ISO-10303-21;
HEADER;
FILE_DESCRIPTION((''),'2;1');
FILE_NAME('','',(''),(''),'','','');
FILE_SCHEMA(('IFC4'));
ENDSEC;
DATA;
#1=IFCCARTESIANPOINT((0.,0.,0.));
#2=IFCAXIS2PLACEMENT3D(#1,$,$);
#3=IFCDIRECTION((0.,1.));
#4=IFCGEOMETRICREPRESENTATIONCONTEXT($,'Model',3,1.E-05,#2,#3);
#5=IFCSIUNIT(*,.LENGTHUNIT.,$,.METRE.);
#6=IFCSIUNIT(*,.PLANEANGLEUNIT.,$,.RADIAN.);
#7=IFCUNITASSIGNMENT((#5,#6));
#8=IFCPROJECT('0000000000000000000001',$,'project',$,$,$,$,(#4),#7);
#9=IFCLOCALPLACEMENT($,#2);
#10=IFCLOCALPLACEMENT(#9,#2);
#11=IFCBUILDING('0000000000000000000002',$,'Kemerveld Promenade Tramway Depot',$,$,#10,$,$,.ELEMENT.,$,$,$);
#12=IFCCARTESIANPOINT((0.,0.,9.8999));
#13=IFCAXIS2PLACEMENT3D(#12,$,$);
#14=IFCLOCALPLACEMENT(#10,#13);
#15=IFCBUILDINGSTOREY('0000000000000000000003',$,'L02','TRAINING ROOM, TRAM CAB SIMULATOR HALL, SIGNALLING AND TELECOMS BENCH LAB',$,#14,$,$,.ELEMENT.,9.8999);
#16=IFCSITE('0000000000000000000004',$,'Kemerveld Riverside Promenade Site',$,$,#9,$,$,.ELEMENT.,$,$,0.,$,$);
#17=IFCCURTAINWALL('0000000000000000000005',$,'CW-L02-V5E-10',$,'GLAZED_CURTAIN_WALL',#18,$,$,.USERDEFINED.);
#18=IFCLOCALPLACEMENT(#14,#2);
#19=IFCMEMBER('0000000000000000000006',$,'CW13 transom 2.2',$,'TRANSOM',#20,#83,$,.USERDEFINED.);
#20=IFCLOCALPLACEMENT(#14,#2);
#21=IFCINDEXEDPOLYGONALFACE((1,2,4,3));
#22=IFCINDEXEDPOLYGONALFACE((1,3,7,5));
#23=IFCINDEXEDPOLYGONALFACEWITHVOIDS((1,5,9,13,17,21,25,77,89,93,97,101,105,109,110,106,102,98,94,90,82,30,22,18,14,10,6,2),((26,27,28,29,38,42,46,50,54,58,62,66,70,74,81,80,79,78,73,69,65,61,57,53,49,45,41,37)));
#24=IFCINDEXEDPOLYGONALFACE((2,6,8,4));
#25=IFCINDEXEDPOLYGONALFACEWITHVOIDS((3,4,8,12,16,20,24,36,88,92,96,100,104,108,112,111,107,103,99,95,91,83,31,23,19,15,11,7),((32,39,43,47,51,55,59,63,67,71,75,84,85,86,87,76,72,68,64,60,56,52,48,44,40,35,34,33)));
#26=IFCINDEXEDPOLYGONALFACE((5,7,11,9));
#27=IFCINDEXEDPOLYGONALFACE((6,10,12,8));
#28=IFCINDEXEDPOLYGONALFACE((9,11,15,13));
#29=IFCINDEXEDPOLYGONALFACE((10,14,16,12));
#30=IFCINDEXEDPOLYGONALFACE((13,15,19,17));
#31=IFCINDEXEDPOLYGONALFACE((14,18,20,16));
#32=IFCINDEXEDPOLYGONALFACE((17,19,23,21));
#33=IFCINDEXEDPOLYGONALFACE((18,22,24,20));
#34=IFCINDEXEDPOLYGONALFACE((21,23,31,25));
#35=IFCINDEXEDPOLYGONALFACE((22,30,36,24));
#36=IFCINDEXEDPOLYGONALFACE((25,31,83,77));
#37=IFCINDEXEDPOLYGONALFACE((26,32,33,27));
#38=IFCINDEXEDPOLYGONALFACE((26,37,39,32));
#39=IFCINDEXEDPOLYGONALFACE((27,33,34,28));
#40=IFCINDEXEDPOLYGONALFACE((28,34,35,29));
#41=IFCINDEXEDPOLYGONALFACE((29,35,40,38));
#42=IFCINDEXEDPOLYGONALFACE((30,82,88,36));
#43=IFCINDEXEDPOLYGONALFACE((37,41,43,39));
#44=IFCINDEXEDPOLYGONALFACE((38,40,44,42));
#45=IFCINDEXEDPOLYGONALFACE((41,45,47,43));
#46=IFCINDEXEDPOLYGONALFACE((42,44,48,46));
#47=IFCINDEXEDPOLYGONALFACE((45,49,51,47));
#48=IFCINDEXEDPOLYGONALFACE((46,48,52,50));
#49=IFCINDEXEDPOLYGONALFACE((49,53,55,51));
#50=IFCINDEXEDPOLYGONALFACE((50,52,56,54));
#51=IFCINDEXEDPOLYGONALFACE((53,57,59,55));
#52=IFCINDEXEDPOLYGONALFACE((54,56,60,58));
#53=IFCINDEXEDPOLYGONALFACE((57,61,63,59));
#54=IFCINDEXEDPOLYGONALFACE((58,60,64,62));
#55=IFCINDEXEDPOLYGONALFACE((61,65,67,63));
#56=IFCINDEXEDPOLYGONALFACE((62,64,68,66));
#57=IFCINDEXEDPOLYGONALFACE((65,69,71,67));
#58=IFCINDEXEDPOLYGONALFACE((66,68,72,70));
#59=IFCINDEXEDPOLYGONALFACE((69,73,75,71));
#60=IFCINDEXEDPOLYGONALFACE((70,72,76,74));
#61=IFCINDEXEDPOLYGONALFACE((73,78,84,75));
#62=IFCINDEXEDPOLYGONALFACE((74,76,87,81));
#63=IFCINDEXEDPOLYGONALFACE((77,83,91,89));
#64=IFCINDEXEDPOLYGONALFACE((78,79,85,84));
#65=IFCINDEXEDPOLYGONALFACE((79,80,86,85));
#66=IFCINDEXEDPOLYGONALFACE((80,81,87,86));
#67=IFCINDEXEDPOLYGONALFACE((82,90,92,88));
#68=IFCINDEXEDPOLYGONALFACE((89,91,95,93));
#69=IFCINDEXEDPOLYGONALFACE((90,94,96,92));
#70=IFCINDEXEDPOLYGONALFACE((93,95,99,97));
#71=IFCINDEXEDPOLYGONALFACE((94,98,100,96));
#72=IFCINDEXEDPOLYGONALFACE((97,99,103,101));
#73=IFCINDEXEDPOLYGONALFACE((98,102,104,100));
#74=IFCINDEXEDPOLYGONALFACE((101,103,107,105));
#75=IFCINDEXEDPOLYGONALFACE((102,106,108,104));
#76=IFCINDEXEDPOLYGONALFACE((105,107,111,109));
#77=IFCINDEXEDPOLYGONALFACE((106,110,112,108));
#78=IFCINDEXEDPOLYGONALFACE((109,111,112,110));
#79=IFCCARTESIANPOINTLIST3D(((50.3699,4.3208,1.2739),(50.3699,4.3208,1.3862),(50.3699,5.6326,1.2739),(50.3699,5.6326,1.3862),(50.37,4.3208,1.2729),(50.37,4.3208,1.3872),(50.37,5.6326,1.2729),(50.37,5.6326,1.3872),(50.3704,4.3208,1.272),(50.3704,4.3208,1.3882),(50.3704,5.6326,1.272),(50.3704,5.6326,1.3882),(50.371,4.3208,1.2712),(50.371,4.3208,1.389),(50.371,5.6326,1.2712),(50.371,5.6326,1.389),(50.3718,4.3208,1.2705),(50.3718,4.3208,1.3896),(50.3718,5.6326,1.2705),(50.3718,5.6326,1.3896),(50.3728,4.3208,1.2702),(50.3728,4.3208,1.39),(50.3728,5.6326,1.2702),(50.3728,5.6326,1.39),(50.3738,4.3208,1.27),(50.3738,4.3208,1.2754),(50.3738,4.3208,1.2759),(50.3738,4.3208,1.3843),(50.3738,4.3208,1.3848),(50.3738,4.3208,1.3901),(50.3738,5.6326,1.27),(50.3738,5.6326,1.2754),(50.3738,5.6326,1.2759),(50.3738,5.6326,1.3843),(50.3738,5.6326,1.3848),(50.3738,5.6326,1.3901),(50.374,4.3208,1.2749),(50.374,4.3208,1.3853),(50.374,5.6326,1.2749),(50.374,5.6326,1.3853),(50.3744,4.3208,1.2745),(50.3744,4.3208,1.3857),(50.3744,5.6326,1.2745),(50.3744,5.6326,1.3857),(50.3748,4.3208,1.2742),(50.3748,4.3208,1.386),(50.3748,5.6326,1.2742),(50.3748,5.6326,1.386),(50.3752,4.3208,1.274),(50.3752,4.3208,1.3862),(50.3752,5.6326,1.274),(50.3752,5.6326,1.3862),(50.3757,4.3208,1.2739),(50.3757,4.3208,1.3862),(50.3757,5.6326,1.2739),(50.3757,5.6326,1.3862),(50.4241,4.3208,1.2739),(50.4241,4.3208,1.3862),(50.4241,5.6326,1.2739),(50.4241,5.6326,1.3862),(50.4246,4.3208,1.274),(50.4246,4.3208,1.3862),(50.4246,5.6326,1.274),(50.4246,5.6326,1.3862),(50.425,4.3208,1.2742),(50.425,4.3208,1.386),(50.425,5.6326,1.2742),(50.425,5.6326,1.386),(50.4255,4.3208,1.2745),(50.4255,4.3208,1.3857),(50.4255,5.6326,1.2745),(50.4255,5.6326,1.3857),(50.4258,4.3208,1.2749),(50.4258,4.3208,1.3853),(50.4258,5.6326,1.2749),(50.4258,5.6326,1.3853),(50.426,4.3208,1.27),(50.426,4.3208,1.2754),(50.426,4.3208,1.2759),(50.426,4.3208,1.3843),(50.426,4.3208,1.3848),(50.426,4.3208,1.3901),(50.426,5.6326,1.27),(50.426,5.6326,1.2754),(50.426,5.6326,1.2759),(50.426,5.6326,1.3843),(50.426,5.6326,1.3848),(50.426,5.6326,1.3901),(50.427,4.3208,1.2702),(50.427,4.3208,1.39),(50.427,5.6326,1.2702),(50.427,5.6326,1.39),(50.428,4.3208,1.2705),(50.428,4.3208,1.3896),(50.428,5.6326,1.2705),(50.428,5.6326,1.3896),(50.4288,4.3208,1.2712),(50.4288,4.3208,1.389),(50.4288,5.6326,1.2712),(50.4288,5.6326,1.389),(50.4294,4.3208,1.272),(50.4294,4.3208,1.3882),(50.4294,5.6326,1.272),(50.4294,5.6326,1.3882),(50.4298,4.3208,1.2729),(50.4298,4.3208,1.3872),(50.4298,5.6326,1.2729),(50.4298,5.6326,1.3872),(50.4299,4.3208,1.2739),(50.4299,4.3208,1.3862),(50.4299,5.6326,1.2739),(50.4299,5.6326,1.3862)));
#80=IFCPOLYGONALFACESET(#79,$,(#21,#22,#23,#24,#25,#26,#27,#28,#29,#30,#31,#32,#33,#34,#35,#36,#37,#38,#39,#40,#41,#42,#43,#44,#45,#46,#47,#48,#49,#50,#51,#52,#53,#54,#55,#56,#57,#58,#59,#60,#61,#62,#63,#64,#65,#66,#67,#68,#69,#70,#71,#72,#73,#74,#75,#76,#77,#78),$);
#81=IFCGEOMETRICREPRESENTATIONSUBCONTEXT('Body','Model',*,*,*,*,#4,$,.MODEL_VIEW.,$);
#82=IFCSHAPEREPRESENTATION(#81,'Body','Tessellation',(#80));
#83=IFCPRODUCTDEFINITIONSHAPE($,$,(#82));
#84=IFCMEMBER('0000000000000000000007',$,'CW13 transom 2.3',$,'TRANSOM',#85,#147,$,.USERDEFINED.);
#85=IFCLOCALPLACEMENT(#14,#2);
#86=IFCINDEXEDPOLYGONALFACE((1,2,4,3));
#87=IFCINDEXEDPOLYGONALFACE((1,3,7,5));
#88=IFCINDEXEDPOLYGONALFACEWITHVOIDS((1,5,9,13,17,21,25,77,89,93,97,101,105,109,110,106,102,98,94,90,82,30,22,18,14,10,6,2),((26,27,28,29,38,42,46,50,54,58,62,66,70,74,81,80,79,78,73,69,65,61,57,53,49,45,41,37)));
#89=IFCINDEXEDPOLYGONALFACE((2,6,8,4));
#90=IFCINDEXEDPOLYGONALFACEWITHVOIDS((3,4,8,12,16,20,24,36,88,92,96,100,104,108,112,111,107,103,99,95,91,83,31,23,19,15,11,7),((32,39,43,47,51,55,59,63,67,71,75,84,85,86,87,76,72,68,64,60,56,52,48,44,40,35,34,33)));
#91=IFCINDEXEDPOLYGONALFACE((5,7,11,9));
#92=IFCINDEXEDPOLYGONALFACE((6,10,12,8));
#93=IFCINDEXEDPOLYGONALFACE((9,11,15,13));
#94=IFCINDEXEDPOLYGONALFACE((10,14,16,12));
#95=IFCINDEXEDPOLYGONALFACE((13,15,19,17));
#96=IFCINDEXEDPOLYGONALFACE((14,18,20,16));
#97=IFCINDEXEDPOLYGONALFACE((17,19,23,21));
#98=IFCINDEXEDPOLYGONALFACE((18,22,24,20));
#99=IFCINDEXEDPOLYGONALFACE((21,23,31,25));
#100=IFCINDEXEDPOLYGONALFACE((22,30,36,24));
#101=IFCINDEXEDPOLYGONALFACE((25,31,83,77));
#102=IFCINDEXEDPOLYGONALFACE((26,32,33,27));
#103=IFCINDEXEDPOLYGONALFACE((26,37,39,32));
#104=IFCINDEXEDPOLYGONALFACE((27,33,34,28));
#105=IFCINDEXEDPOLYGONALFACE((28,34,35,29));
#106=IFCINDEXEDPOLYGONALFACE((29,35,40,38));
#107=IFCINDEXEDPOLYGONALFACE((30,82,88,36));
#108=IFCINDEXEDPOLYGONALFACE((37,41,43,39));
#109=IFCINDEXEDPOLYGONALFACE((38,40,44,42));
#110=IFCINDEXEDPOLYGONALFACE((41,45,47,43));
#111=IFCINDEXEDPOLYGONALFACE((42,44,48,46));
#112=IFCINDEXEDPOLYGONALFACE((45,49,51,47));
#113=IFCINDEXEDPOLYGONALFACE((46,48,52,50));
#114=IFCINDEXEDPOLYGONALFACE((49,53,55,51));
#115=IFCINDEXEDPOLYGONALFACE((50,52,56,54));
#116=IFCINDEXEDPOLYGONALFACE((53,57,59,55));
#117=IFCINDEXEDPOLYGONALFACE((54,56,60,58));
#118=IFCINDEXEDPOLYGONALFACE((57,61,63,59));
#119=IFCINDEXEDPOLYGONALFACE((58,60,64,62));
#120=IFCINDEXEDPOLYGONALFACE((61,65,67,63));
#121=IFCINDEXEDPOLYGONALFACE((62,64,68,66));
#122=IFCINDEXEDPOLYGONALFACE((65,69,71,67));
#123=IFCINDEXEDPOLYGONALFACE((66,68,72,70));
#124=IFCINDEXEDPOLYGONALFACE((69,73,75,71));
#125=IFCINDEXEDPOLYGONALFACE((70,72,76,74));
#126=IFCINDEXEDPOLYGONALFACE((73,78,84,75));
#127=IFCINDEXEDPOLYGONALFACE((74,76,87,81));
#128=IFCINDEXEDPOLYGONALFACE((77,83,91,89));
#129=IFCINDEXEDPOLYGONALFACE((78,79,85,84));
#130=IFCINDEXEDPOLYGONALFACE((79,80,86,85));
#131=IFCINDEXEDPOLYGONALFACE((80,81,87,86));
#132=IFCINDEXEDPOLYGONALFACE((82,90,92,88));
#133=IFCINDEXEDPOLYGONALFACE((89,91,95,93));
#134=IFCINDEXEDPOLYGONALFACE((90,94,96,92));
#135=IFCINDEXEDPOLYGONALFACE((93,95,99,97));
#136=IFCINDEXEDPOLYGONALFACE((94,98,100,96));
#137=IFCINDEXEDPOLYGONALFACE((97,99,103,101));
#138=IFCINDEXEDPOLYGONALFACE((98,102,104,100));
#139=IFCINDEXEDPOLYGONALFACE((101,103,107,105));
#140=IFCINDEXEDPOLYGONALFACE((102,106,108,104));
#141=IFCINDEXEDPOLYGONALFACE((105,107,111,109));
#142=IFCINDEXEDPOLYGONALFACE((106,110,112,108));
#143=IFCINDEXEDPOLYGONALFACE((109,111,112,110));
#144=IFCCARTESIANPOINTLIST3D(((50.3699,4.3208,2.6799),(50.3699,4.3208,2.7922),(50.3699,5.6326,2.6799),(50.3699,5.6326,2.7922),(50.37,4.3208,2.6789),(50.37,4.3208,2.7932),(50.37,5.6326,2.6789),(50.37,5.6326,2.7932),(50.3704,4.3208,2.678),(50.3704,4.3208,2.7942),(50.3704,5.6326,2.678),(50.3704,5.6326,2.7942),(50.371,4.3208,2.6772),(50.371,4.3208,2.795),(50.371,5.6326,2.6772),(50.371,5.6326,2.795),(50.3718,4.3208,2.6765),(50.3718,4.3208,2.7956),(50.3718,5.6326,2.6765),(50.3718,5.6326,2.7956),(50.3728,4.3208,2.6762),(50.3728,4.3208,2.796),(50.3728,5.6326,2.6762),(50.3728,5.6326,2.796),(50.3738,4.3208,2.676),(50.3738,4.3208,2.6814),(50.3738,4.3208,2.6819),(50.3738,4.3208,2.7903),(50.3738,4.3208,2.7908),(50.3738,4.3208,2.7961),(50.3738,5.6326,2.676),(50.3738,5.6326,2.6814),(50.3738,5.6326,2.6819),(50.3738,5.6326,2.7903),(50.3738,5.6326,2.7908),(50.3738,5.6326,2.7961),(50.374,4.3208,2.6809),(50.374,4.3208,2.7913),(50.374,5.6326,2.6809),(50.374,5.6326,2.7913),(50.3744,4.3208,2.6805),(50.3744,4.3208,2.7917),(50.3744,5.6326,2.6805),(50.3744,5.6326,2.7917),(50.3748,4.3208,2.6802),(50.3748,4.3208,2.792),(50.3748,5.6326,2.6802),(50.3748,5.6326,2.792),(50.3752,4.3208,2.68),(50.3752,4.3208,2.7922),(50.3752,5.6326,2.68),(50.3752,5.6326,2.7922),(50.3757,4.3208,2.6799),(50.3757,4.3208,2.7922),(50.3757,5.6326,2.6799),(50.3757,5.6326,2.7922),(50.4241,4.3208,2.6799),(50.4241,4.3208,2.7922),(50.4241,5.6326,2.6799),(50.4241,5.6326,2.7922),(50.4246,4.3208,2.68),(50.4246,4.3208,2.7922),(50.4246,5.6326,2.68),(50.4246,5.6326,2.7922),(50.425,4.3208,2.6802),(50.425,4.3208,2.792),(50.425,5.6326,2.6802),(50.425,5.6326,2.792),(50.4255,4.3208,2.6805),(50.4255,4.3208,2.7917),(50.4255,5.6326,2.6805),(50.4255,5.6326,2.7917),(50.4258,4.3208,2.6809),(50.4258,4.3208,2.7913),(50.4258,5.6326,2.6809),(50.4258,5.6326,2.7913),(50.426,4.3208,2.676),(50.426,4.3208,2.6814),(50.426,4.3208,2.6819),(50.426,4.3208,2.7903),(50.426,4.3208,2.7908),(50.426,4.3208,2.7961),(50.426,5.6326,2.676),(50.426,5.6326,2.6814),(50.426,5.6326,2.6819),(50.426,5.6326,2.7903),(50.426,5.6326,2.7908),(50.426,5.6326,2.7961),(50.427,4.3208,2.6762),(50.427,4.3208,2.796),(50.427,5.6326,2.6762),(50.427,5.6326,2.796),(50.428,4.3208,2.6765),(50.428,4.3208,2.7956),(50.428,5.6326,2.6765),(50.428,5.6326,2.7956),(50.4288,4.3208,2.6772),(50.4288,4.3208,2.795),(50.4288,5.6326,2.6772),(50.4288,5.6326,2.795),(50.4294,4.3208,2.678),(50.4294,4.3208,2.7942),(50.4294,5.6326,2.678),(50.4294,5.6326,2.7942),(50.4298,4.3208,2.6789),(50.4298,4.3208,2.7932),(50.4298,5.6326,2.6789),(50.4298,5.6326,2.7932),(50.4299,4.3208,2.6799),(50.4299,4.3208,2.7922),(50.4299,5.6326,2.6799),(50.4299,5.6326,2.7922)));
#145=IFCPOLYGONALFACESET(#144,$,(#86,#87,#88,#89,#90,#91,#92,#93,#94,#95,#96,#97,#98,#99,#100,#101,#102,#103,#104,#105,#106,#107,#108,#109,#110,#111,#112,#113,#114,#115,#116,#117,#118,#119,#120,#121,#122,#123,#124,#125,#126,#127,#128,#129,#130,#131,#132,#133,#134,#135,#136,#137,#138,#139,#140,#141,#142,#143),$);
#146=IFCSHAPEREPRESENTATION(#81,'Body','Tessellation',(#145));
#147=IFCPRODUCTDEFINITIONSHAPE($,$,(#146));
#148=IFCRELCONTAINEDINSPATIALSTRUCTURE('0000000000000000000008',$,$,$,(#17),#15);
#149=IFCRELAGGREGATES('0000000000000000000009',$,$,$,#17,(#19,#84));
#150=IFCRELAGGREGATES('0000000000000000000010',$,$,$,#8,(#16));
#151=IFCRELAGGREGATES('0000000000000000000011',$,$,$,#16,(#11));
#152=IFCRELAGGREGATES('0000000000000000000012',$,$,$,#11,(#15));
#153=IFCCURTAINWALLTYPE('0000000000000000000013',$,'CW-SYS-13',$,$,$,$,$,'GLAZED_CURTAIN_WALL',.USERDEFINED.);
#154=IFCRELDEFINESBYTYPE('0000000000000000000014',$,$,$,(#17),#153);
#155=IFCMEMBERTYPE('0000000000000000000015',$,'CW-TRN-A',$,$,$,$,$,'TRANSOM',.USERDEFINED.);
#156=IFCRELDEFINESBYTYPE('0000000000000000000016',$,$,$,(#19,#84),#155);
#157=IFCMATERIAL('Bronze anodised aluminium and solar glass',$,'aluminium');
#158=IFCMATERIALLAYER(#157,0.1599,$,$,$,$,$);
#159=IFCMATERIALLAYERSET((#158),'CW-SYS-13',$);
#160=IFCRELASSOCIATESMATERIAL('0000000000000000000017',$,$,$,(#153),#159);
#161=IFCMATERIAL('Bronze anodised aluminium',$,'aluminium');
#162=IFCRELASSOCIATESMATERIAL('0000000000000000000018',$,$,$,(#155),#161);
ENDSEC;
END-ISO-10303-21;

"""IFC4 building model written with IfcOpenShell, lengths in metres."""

from ifc_helpers import new_model, si_unit, direction, frame, origin, origin_2d, place, context, subcontext, project, spatial, hollow_rectangle, extrude, material, layer, layer_set, material_profile, profile_set, type_object, element, aggregate, save


model = new_model("IFC4")

# Units and contexts
model_context = context("Model", 3, precision=1e-05, world=origin(), true_north=direction((0.0, 1.0)))
body_context = subcontext(model_context, "Body", "Model", "MODEL_VIEW")
ifc_project = project(units=[si_unit("LENGTHUNIT", "METRE"), si_unit("PLANEANGLEUNIT", "RADIAN")], contexts=[model_context])

# Site, building, storey
site_placement = place(None, origin())
site = spatial("IfcSite", under=ifc_project, at=site_placement, Name="Kemerveld Riverside Promenade Site", CompositionType="ELEMENT", RefElevation=0.0)
building_placement = place(site_placement, origin())
building = spatial("IfcBuilding", under=site, at=building_placement, Name="Kemerveld Promenade Tramway Depot", CompositionType="ELEMENT")
storey_placement = place(building_placement, frame((0.0, 0.0, 9.8999)))
storey = spatial("IfcBuildingStorey", under=building, at=storey_placement, Name="L02", Description="TRAINING ROOM, TRAM CAB SIMULATOR HALL, SIGNALLING AND TELECOMS BENCH LAB", CompositionType="ELEMENT", Elevation=9.8999)

# Curtain wall, members
ifc_material_1 = material(Name="Bronze anodised aluminium and solar glass", Category="aluminium")
ifc_layer_1 = layer(ifc_material_1, 0.1599)
ifc_layer_set_1 = layer_set([ifc_layer_1], Name="CW-SYS-13")
curtain_wall_type = type_object("IfcCurtainWallType", Name="CW-SYS-13", ElementType="GLAZED_CURTAIN_WALL", PredefinedType="USERDEFINED", material=ifc_layer_set_1)
curtain_wall_placement = place(storey_placement, origin())
curtain_wall = element("IfcCurtainWall", 1, at=curtain_wall_placement, inside=storey, type_object=curtain_wall_type, Name="CW-L02-V5E-10", ObjectType="GLAZED_CURTAIN_WALL", PredefinedType="USERDEFINED")
ifc_material_2 = material(Name="Bronze anodised aluminium", Category="aluminium")
ifc_material_profile_1 = material_profile(ifc_material_2, hollow_rectangle(XDim=0.0601, YDim=0.1201, WallThickness=0.0039, InnerFilletRadius=0.002, OuterFilletRadius=0.0039, at=origin_2d()), Name="CW-TRN-120x60")
ifc_profile_set_1 = profile_set([ifc_material_profile_1], Name="Bronze anodised aluminium")
member_type_1 = type_object("IfcMemberType", Name="CW-TRN-A", ElementType="TRANSOM", PredefinedType="USERDEFINED", material=ifc_profile_set_1)
member_1_placement = place(storey_placement, frame((50.3999, 5.6326, 1.3301), z_axis=(0.0, -1.0, 0.0), x_axis=(1.0, 0.0, 0.0)))
member_1 = element("IfcMember", 2, at=member_1_placement, type_object=member_type_1, Name="CW13 transom 2.2", ObjectType="TRANSOM", PredefinedType="USERDEFINED", context=body_context, shape_type="SweptSolid", body=[
    extrude(hollow_rectangle(XDim=0.0601, YDim=0.1201, WallThickness=0.0039, InnerFilletRadius=0.002, OuterFilletRadius=0.0039, at=origin_2d()), origin(), (0.0, 0.0, 1.0), 1.3118),
])
member_2_placement = place(storey_placement, frame((50.3999, 5.6326, 2.7361), z_axis=(0.0, -1.0, 0.0), x_axis=(1.0, 0.0, 0.0)))
member_2 = element("IfcMember", 3, at=member_2_placement, type_object=member_type_1, Name="CW13 transom 2.3", ObjectType="TRANSOM", PredefinedType="USERDEFINED", context=body_context, shape_type="SweptSolid", body=[
    extrude(hollow_rectangle(XDim=0.0601, YDim=0.1201, WallThickness=0.0039, InnerFilletRadius=0.002, OuterFilletRadius=0.0039, at=origin_2d()), origin(), (0.0, 0.0, 1.0), 1.3118),
])
aggregate(curtain_wall, [member_1, member_2])

save(model, "model.ifc")
